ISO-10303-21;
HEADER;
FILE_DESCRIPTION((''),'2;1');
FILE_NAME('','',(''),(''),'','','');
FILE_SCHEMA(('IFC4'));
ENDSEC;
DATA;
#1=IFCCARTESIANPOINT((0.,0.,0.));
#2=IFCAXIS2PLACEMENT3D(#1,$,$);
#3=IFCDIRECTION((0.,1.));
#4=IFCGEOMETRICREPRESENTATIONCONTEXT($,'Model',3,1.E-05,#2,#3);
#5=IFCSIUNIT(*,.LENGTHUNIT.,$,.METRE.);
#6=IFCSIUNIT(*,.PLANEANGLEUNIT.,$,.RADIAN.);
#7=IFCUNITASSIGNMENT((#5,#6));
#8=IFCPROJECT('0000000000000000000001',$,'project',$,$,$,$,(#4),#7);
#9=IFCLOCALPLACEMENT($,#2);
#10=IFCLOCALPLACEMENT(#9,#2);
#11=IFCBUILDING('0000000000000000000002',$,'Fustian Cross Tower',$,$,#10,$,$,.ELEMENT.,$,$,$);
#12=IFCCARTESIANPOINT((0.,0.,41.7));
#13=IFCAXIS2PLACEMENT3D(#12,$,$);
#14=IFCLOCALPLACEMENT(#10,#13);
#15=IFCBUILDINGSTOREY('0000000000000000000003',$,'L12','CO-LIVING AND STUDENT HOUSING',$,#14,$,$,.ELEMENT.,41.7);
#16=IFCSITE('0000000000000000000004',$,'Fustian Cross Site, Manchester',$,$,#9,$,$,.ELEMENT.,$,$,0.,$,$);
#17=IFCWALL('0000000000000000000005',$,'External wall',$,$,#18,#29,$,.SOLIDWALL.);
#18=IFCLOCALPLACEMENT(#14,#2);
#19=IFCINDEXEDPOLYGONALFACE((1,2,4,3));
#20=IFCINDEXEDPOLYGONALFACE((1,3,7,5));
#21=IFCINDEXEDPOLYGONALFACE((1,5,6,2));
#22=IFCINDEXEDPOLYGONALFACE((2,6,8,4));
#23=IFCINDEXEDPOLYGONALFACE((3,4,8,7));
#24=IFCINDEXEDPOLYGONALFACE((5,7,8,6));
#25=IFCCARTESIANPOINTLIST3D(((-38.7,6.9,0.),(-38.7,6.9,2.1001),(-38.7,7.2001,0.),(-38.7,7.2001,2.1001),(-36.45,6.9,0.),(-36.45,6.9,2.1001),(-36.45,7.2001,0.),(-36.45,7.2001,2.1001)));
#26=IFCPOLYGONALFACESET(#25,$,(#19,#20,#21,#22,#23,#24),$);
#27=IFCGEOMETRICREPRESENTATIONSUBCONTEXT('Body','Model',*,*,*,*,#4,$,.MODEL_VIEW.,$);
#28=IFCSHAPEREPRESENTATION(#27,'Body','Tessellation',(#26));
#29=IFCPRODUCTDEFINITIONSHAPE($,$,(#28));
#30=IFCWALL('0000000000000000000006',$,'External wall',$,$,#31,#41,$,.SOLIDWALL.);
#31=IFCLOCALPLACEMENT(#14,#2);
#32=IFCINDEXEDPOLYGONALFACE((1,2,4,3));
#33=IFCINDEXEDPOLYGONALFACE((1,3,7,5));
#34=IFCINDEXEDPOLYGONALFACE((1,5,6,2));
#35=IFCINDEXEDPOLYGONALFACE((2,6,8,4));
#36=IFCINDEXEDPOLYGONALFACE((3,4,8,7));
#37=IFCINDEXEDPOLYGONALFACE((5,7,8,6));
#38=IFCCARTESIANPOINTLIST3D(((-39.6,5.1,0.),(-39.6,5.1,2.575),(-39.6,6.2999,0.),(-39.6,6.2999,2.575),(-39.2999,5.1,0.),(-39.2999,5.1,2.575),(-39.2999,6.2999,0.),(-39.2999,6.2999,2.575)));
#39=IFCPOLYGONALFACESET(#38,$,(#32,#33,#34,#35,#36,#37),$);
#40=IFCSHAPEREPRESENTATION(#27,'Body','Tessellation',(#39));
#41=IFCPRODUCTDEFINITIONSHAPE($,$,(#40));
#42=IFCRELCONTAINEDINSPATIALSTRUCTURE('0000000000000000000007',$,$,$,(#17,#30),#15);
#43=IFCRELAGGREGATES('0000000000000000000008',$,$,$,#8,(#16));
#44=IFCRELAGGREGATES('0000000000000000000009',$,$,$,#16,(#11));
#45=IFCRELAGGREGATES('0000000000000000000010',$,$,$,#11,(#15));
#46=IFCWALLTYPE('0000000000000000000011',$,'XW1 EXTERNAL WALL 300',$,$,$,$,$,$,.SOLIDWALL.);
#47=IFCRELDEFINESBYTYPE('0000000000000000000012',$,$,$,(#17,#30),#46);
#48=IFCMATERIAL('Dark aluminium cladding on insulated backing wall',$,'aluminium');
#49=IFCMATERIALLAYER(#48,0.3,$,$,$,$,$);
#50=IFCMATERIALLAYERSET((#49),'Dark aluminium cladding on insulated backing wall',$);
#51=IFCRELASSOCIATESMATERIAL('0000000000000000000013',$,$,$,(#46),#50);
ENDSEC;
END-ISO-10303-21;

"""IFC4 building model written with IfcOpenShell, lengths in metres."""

from ifc_helpers import new_model, si_unit, direction, frame, frame_2d, origin, place, context, subcontext, project, spatial, rectangle, extrude, material, layer, layer_set, type_object, element, save


model = new_model("IFC4")

# Units and contexts
model_context = context("Model", 3, precision=1e-05, world=origin(), true_north=direction((0.0, 1.0)))
body_context = subcontext(model_context, "Body", "Model", "MODEL_VIEW")
ifc_project = project(units=[si_unit("LENGTHUNIT", "METRE"), si_unit("PLANEANGLEUNIT", "RADIAN")], contexts=[model_context])

# Site, building, storey
site_placement = place(None, origin())
site = spatial("IfcSite", under=ifc_project, at=site_placement, Name="Fustian Cross Site, Manchester", CompositionType="ELEMENT", RefElevation=0.0)
building_placement = place(site_placement, origin())
building = spatial("IfcBuilding", under=site, at=building_placement, Name="Fustian Cross Tower", CompositionType="ELEMENT")
storey_placement = place(building_placement, frame((0.0, 0.0, 41.7)))
storey = spatial("IfcBuildingStorey", under=building, at=storey_placement, Name="L12", Description="CO-LIVING AND STUDENT HOUSING", CompositionType="ELEMENT", Elevation=41.7)

# Shared definitions
ifc_material_1 = material(Name="Dark aluminium cladding on insulated backing wall", Category="aluminium")
ifc_layer = layer(ifc_material_1, 0.3)
ifc_layer_set = layer_set([ifc_layer], Name="Dark aluminium cladding on insulated backing wall")
wall_type = type_object("IfcWallType", Name="XW1 EXTERNAL WALL 300", PredefinedType="SOLIDWALL", material=ifc_layer_set)

# Walls
wall_1_placement = place(storey_placement, frame((-36.45, 7.05, 0.0), z_axis=(0.0, 0.0, 1.0), x_axis=(-1.0, 0.0, 0.0)))
element("IfcWall", 1, at=wall_1_placement, inside=storey, type_object=wall_type, Name="External wall", PredefinedType="SOLIDWALL", context=body_context, shape_type="SweptSolid", body=[
    extrude(rectangle(XDim=2.25, YDim=0.3, at=frame_2d((1.125, 0.0))), origin(), (0.0, 0.0, 1.0), 2.1001),
])
wall_2_placement = place(storey_placement, frame((-39.45, 6.3, 0.0), z_axis=(0.0, 0.0, 1.0), x_axis=(0.0, -1.0, 0.0)))
element("IfcWall", 2, at=wall_2_placement, inside=storey, type_object=wall_type, Name="External wall", PredefinedType="SOLIDWALL", context=body_context, shape_type="SweptSolid", body=[
    extrude(rectangle(XDim=1.2, YDim=0.3, at=frame_2d((0.6001, 0.0))), origin(), (0.0, 0.0, 1.0), 2.575),
])

save(model, "model.ifc")
